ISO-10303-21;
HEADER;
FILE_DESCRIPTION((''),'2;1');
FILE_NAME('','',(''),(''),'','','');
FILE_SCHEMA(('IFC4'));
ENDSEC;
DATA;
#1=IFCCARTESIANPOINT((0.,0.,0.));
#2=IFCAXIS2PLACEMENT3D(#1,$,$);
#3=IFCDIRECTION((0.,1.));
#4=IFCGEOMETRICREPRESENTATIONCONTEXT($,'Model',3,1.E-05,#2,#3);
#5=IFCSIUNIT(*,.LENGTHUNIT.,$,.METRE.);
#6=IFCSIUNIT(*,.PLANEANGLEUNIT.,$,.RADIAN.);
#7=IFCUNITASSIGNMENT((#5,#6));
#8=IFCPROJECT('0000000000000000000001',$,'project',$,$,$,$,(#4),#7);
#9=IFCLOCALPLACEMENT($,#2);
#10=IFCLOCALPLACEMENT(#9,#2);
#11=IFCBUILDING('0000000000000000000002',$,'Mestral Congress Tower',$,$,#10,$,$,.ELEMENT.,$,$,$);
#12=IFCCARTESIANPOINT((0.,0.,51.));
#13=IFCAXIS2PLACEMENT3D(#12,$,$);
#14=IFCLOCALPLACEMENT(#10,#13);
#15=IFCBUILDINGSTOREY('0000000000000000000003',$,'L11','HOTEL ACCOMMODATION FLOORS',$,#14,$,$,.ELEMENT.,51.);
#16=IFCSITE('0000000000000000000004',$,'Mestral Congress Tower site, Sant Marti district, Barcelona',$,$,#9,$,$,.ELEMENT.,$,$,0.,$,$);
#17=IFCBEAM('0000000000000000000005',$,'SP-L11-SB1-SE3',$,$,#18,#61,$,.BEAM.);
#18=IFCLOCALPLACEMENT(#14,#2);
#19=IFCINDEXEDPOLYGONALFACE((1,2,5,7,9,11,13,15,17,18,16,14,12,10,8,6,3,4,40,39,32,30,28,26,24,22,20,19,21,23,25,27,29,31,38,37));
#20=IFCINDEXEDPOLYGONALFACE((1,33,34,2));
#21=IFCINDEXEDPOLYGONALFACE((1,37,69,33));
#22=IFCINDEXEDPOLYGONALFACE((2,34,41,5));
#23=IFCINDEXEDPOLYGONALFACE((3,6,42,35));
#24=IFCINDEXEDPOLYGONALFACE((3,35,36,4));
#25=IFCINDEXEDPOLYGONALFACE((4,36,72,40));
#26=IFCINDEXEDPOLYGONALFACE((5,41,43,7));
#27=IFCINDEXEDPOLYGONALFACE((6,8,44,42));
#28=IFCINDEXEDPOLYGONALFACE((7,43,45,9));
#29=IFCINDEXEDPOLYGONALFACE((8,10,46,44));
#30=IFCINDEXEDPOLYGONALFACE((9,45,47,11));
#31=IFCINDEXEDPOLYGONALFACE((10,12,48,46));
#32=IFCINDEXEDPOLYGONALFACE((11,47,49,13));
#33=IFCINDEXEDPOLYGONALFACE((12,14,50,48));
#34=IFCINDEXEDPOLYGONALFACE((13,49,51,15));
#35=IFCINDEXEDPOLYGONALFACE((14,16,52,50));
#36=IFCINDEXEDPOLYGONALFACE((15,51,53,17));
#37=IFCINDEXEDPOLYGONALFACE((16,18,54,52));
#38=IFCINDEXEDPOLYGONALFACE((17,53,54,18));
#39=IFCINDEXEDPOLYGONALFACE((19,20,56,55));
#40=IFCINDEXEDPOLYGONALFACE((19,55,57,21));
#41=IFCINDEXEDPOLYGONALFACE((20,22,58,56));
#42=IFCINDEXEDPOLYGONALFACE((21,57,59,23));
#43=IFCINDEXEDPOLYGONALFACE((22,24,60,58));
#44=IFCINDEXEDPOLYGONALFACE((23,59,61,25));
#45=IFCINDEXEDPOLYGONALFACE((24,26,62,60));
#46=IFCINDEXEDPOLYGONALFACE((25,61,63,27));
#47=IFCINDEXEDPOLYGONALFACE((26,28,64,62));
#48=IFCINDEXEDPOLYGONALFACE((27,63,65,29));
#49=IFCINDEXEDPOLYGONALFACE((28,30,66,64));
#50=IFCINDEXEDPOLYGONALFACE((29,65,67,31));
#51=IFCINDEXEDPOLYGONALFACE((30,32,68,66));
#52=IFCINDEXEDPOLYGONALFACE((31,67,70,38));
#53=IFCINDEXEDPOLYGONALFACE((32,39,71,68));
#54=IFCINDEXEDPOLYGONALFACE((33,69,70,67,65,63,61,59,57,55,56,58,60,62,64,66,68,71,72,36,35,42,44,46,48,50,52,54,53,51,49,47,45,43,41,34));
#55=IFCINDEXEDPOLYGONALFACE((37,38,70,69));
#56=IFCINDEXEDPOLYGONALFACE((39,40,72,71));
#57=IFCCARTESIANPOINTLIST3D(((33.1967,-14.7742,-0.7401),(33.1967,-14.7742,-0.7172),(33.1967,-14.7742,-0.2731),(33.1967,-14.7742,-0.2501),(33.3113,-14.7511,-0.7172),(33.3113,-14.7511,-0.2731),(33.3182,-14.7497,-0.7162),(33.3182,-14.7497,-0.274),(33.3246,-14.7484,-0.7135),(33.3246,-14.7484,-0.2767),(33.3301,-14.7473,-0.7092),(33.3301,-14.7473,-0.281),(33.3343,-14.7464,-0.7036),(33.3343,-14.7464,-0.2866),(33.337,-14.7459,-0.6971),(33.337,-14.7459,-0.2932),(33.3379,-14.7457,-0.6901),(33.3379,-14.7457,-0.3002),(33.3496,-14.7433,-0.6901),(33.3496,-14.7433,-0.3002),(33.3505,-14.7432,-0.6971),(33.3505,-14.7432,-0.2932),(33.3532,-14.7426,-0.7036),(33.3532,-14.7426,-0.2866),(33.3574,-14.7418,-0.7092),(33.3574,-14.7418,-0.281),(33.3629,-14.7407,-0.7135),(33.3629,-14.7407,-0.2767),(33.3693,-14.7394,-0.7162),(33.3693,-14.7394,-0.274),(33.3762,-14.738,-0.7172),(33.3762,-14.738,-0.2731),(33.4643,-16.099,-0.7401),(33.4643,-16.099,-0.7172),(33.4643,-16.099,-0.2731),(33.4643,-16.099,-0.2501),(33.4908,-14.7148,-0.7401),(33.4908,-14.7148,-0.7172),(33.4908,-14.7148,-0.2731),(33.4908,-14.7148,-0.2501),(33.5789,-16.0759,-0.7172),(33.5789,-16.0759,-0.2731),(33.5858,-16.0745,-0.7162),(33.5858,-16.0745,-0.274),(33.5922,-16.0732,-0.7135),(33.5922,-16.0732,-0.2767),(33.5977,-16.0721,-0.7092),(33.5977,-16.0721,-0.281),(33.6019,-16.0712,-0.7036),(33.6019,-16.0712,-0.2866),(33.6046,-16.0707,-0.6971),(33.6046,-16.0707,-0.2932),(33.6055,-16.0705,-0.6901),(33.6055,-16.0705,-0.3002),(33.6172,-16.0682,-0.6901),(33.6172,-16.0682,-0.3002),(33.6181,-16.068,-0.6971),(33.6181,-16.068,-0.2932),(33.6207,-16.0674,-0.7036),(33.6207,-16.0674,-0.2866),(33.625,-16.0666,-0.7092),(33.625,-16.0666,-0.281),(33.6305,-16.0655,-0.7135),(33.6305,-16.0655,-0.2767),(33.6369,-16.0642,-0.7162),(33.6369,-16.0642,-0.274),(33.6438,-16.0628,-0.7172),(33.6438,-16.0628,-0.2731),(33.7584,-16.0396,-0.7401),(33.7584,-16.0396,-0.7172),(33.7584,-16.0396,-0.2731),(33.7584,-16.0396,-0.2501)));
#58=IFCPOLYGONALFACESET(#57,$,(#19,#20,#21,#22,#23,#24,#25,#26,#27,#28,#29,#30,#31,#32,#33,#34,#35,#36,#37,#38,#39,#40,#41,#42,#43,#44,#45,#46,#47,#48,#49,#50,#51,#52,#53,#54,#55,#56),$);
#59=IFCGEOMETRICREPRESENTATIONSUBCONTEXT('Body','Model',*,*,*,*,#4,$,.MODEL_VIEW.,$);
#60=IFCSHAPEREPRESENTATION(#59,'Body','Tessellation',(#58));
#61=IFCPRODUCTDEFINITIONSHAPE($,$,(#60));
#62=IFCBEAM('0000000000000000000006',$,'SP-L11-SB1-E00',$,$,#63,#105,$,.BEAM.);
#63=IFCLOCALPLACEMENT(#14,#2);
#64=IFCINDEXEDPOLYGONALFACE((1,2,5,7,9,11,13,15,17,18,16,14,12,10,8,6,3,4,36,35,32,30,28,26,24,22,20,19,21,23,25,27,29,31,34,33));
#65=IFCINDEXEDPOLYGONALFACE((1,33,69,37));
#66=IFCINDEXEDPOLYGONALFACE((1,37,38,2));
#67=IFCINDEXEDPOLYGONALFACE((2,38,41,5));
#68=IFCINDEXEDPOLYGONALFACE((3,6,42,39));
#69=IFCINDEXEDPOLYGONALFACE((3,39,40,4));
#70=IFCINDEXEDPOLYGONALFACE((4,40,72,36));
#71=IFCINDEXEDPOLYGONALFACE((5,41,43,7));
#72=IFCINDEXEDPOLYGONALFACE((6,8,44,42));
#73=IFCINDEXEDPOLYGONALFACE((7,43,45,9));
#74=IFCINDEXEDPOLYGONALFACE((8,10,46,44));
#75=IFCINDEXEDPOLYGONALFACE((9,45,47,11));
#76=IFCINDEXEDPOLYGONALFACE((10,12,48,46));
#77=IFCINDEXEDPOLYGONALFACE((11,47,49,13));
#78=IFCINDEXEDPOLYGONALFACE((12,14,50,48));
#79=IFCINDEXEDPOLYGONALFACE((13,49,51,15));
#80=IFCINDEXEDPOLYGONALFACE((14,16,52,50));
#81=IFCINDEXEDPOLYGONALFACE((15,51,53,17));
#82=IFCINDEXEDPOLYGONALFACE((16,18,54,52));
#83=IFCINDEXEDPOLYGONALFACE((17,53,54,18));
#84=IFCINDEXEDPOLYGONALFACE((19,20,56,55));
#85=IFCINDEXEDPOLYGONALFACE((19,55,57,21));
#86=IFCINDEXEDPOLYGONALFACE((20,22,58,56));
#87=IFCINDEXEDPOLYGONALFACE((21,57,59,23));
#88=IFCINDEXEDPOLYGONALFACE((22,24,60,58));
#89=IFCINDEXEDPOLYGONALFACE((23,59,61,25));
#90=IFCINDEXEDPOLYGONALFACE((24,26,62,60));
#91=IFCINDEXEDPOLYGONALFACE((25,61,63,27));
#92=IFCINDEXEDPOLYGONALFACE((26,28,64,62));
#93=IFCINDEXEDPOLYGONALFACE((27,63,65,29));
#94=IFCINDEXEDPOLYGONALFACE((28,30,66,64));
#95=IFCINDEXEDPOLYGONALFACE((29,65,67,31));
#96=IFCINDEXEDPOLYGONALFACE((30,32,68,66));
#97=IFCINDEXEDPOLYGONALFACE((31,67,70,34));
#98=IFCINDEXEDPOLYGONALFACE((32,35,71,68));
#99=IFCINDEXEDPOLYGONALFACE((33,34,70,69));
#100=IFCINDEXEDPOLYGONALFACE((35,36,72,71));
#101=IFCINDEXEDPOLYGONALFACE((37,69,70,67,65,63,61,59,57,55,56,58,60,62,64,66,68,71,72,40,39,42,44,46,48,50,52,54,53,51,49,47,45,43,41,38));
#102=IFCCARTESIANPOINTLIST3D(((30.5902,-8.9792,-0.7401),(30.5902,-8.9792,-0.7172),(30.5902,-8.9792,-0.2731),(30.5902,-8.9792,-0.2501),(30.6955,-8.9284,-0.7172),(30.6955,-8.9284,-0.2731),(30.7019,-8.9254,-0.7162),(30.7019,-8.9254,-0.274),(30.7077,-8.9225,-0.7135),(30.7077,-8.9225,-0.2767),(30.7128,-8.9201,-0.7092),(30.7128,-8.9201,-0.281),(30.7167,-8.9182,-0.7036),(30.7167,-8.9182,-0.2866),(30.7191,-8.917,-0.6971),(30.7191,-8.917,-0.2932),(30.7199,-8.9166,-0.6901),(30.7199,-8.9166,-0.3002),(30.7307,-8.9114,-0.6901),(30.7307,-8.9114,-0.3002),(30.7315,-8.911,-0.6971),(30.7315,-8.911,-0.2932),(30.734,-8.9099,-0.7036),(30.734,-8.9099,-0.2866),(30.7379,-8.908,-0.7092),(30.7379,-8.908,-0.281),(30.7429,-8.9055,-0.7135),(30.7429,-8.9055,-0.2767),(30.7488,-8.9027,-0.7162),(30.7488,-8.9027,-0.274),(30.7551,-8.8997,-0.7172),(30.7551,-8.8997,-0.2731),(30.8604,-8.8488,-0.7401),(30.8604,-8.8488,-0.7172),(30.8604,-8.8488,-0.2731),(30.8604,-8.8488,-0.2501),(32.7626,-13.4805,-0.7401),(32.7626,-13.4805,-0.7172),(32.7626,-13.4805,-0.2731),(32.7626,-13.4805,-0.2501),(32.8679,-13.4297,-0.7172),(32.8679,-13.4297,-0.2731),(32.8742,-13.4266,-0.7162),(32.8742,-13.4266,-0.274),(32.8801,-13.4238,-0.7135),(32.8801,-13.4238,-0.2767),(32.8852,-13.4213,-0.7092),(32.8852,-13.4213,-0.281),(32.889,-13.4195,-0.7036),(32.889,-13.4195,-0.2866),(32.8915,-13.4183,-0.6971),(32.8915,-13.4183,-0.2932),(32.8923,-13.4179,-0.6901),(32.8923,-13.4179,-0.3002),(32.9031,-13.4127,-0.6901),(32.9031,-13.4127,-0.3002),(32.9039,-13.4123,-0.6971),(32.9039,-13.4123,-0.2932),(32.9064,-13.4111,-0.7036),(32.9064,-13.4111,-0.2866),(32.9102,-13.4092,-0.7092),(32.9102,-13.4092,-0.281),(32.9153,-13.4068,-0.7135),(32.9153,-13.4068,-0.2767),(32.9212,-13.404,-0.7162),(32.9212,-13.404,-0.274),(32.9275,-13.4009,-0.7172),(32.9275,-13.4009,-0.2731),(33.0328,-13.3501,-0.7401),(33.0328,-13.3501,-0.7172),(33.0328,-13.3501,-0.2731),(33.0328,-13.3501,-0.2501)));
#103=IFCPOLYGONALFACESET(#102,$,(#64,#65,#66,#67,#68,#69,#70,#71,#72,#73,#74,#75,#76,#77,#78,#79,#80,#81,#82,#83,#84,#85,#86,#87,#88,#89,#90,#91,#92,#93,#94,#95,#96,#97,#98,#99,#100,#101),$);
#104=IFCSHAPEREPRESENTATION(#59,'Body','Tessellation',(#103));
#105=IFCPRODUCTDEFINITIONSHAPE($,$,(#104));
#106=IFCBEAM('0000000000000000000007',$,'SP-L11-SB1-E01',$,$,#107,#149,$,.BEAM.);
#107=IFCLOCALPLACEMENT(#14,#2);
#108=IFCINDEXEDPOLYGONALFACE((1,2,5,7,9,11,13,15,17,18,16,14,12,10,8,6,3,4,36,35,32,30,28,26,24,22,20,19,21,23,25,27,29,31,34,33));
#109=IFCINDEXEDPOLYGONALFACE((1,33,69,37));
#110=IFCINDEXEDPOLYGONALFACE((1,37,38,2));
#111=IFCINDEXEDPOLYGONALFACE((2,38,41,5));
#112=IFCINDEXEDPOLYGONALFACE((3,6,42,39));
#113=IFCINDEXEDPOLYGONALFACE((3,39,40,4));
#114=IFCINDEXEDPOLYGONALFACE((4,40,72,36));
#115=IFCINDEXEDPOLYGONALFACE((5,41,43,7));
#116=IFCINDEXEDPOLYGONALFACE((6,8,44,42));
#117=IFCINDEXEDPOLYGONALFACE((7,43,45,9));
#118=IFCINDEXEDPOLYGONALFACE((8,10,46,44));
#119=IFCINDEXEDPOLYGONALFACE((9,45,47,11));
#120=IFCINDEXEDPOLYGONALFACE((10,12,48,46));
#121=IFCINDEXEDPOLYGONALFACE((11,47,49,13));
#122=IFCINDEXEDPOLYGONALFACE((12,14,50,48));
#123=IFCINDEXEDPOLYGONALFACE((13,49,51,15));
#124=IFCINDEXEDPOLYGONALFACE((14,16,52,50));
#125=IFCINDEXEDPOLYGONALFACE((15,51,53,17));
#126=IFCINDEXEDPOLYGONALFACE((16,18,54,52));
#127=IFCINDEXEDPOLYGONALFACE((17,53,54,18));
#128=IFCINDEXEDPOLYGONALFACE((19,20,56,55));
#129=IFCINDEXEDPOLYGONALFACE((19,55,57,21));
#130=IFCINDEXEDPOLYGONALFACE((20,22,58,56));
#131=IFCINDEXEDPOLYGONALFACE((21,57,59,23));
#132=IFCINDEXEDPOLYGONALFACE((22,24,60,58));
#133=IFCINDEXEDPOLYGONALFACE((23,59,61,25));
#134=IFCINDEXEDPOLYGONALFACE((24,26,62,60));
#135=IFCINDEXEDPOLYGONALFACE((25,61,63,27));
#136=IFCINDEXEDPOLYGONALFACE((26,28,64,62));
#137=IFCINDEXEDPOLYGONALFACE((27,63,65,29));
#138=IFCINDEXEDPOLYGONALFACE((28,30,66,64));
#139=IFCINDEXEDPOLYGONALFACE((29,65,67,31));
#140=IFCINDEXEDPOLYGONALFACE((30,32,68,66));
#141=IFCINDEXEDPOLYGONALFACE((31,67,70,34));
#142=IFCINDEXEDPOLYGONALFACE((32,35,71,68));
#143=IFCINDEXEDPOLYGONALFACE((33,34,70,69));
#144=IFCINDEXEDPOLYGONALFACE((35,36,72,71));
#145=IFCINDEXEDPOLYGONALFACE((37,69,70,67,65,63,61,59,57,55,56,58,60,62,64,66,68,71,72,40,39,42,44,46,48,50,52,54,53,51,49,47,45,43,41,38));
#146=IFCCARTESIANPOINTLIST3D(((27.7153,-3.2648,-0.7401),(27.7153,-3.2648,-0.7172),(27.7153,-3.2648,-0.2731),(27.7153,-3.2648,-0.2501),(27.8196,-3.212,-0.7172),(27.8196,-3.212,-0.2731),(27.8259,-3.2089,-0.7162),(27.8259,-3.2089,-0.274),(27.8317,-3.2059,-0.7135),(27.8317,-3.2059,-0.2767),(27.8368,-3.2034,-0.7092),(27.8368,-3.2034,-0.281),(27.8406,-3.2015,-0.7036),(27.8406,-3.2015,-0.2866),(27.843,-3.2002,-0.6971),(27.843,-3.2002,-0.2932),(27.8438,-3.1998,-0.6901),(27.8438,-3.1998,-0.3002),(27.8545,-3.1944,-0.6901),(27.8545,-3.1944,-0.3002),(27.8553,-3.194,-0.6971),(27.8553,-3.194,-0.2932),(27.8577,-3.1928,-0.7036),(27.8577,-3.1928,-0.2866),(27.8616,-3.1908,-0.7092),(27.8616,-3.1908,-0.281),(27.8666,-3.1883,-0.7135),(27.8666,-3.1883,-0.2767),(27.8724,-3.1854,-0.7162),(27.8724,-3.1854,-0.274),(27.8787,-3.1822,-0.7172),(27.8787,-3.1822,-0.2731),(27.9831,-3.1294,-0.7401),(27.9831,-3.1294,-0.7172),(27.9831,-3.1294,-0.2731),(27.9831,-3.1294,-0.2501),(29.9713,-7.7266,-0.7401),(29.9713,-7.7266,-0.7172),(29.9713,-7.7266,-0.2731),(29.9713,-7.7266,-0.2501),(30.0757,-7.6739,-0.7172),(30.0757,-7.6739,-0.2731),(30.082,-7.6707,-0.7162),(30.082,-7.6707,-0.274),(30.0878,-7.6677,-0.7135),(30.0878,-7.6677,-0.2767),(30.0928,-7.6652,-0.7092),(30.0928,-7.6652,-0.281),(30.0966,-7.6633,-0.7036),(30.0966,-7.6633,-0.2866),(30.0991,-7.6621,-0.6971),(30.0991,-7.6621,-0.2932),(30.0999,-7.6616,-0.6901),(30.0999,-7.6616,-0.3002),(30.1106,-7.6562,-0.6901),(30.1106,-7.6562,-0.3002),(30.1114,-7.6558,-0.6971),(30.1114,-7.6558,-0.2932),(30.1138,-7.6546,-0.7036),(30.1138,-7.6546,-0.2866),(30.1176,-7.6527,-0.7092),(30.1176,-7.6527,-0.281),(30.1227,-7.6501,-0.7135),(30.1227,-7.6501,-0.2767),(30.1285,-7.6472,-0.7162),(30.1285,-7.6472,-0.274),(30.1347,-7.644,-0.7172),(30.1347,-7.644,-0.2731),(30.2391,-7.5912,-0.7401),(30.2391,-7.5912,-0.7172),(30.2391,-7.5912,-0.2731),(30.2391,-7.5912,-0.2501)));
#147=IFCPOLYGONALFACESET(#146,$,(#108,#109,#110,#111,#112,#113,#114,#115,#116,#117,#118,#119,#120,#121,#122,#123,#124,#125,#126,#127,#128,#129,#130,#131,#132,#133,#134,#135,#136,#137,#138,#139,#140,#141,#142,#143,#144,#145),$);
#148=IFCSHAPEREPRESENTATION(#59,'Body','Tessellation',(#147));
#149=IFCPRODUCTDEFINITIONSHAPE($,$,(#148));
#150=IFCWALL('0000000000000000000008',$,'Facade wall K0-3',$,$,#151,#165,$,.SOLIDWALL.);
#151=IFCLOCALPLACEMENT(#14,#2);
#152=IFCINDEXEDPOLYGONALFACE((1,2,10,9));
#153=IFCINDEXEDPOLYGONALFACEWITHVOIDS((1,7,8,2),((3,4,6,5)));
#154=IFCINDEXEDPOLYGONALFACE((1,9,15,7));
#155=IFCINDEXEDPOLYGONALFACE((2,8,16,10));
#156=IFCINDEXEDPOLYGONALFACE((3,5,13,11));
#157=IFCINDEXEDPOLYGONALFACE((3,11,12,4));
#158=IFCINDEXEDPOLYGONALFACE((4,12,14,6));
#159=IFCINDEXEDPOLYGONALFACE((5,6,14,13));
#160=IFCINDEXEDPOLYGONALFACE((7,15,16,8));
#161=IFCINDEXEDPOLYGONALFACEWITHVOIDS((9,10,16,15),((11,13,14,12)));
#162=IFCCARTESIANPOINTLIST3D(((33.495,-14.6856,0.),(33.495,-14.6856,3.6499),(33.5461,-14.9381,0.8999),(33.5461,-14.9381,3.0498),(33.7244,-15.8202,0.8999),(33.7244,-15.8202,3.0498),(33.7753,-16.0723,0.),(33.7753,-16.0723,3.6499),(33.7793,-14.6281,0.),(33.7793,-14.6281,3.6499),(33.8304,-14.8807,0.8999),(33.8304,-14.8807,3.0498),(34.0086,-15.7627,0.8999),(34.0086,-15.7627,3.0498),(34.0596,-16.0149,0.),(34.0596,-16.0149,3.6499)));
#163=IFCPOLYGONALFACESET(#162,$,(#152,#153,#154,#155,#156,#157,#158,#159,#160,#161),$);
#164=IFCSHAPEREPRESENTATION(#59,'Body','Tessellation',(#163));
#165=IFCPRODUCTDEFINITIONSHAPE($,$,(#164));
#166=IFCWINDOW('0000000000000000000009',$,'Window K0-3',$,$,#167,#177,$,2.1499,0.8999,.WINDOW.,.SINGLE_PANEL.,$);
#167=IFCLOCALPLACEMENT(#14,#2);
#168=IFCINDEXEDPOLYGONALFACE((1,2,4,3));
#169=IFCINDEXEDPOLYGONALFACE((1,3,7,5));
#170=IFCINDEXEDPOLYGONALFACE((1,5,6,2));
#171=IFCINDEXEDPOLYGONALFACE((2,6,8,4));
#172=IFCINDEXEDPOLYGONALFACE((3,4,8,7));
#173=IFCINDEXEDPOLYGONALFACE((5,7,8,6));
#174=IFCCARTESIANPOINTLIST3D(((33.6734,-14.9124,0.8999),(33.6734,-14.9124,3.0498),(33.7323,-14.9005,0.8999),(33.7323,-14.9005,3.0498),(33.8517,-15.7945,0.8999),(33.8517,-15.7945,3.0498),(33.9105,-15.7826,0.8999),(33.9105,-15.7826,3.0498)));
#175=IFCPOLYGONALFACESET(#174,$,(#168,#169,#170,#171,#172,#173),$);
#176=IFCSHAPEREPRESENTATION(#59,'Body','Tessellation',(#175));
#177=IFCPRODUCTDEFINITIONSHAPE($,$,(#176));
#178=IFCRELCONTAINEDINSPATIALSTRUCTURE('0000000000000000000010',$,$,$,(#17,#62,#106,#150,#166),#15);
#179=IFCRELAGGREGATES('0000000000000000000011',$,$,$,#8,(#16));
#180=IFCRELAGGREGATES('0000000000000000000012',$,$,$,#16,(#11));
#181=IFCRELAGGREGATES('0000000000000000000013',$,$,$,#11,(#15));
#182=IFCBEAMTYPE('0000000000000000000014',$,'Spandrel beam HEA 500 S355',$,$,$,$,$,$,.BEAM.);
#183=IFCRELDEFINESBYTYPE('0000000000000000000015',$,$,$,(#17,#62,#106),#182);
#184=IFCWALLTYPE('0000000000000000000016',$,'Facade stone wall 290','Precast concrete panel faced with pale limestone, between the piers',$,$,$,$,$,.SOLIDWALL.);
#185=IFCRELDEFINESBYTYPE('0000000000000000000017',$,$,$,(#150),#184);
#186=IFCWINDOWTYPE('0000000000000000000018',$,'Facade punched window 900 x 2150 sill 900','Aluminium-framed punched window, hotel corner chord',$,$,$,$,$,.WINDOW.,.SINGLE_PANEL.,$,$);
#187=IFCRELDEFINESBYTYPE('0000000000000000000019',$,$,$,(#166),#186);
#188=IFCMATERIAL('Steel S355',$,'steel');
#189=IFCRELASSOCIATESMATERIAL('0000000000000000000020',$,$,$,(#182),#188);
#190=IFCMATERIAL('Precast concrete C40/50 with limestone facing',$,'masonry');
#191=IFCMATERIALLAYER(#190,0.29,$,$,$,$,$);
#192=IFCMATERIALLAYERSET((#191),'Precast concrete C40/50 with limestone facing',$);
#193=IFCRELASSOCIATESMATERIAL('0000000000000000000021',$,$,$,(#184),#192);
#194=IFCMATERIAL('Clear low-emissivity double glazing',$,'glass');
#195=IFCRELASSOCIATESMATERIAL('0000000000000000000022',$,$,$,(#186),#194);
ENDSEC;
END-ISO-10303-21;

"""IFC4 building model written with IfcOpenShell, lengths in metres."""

from ifc_helpers import new_model, si_unit, direction, frame, frame_2d, origin, origin_2d, place, context, subcontext, project, spatial, rectangle, i_section, extrude, material, layer, layer_set, material_profile, profile_set, type_object, element, fill, save


model = new_model("IFC4")

# Units and contexts
model_context = context("Model", 3, precision=1e-05, world=origin(), true_north=direction((0.0, 1.0)))
body_context = subcontext(model_context, "Body", "Model", "MODEL_VIEW")
ifc_project = project(units=[si_unit("LENGTHUNIT", "METRE"), si_unit("PLANEANGLEUNIT", "RADIAN")], contexts=[model_context])

# Site, building, storey
site_placement = place(None, origin())
site = spatial("IfcSite", under=ifc_project, at=site_placement, Name="Mestral Congress Tower site, Sant Marti district, Barcelona", CompositionType="ELEMENT", RefElevation=0.0)
building_placement = place(site_placement, origin())
building = spatial("IfcBuilding", under=site, at=building_placement, Name="Mestral Congress Tower", CompositionType="ELEMENT")
storey_placement = place(building_placement, frame((0.0, 0.0, 51.0)))
storey = spatial("IfcBuildingStorey", under=building, at=storey_placement, Name="L11", Description="HOTEL ACCOMMODATION FLOORS", CompositionType="ELEMENT", Elevation=51.0)

# Beams
ifc_material_1 = material(Name="Steel S355", Category="steel")
ifc_material_profile_1 = material_profile(ifc_material_1, i_section(OverallWidth=0.3, OverallDepth=0.49, WebThickness=0.012, FlangeThickness=0.0229, FilletRadius=0.0271, at=origin_2d()), Name="HEA 500")
ifc_profile_set_1 = profile_set([ifc_material_profile_1], Name="Steel S355")
beam_type_1 = type_object("IfcBeamType", Name="Spandrel beam HEA 500 S355", PredefinedType="BEAM", material=ifc_profile_set_1)
beam_1_placement = place(storey_placement, frame((33.6113, -16.0693, -0.4951), z_axis=(-0.197992, 0.980204, 0.0), x_axis=(-0.980204, -0.197992, 0.0)))
element("IfcBeam", 1, at=beam_1_placement, inside=storey, type_object=beam_type_1, Name="SP-L11-SB1-SE3", PredefinedType="BEAM", context=body_context, shape_type="SweptSolid", body=[
    extrude(i_section(OverallWidth=0.3, OverallDepth=0.49, WebThickness=0.012, FlangeThickness=0.0229, FilletRadius=0.0271, at=origin_2d()), origin(), (0.0, 0.0, 1.0), 1.3516),
])
beam_2_placement = place(storey_placement, frame((32.8977, -13.4153, -0.4951), z_axis=(-0.434645, 0.900602, 0.0), x_axis=(-0.900602, -0.434645, 0.0)))
element("IfcBeam", 2, at=beam_2_placement, inside=storey, type_object=beam_type_1, Name="SP-L11-SB1-E00", PredefinedType="BEAM", context=body_context, shape_type="SweptSolid", body=[
    extrude(i_section(OverallWidth=0.3, OverallDepth=0.49, WebThickness=0.012, FlangeThickness=0.0229, FilletRadius=0.0271, at=origin_2d()), origin(), (0.0, 0.0, 1.0), 4.998),
])
beam_3_placement = place(storey_placement, frame((30.1052, -7.6589, -0.4951), z_axis=(-0.451233, 0.892406, 0.0), x_axis=(-0.892406, -0.451233, 0.0)))
element("IfcBeam", 3, at=beam_3_placement, inside=storey, type_object=beam_type_1, Name="SP-L11-SB1-E01", PredefinedType="BEAM", context=body_context, shape_type="SweptSolid", body=[
    extrude(i_section(OverallWidth=0.3, OverallDepth=0.49, WebThickness=0.012, FlangeThickness=0.0229, FilletRadius=0.0271, at=origin_2d()), origin(), (0.0, 0.0, 1.0), 4.9998),
])

# Wall, opening, window
ifc_material_2 = material(Name="Precast concrete C40/50 with limestone facing", Category="masonry")
ifc_layer_1 = layer(ifc_material_2, 0.29)
ifc_layer_set_1 = layer_set([ifc_layer_1], Name="Precast concrete C40/50 with limestone facing")
wall_type_1 = type_object("IfcWallType", Name="Facade stone wall 290", Description="Precast concrete panel faced with pale limestone, between the piers", PredefinedType="SOLIDWALL", material=ifc_layer_set_1)
wall_1_placement = place(storey_placement, frame((33.9175, -16.0437, 0.0), z_axis=(0.0, 0.0, 1.0), x_axis=(-0.198107, 0.98018, 0.0)))
wall_1 = element("IfcWall", 4, at=wall_1_placement, inside=storey, type_object=wall_type_1, Name="Facade wall K0-3", PredefinedType="SOLIDWALL", context=body_context, shape_type="SweptSolid", body=[
    extrude(rectangle(XDim=1.4148, YDim=0.29, at=frame_2d((0.7075, 0.0))), origin(), (0.0, 0.0, 1.0), 3.6499),
])
opening_1_placement = place(wall_1_placement, frame((0.2573, 0.0, 0.8999)))
opening_1 = element("IfcOpeningElement", 5, at=opening_1_placement, cuts=wall_1, PredefinedType="OPENING", context=body_context, shape_type="SweptSolid", body=[
    extrude(rectangle(XDim=0.8999, YDim=2.1499, at=frame_2d((0.45, 1.075))), frame((0.0, 0.155, 0.0), z_axis=(0.0, -1.0, 0.0), x_axis=(1.0, 0.0, 0.0)), (0.0, 0.0, 1.0), 0.3101),
])
ifc_material_3 = material(Name="Clear low-emissivity double glazing", Category="glass")
window_type_1 = type_object("IfcWindowType", Name="Facade punched window 900 x 2150 sill 900", Description="Aluminium-framed punched window, hotel corner chord", PartitioningType="SINGLE_PANEL", PredefinedType="WINDOW", material=ifc_material_3)
window_1_placement = place(opening_1_placement, origin())
window_1 = element("IfcWindow", 6, at=window_1_placement, inside=storey, type_object=window_type_1, Name="Window K0-3", OverallHeight=2.1499, OverallWidth=0.8999, PartitioningType="SINGLE_PANEL", PredefinedType="WINDOW", context=body_context, shape_type="SweptSolid", body=[
    extrude(rectangle(XDim=0.8999, YDim=2.1499, at=frame_2d((0.45, 1.075))), frame((0.0, 0.0151, 0.0), z_axis=(0.0, -1.0, 0.0), x_axis=(1.0, 0.0, 0.0)), (0.0, 0.0, 1.0), 0.0601),
])
fill(opening_1, window_1)

save(model, "model.ifc")
